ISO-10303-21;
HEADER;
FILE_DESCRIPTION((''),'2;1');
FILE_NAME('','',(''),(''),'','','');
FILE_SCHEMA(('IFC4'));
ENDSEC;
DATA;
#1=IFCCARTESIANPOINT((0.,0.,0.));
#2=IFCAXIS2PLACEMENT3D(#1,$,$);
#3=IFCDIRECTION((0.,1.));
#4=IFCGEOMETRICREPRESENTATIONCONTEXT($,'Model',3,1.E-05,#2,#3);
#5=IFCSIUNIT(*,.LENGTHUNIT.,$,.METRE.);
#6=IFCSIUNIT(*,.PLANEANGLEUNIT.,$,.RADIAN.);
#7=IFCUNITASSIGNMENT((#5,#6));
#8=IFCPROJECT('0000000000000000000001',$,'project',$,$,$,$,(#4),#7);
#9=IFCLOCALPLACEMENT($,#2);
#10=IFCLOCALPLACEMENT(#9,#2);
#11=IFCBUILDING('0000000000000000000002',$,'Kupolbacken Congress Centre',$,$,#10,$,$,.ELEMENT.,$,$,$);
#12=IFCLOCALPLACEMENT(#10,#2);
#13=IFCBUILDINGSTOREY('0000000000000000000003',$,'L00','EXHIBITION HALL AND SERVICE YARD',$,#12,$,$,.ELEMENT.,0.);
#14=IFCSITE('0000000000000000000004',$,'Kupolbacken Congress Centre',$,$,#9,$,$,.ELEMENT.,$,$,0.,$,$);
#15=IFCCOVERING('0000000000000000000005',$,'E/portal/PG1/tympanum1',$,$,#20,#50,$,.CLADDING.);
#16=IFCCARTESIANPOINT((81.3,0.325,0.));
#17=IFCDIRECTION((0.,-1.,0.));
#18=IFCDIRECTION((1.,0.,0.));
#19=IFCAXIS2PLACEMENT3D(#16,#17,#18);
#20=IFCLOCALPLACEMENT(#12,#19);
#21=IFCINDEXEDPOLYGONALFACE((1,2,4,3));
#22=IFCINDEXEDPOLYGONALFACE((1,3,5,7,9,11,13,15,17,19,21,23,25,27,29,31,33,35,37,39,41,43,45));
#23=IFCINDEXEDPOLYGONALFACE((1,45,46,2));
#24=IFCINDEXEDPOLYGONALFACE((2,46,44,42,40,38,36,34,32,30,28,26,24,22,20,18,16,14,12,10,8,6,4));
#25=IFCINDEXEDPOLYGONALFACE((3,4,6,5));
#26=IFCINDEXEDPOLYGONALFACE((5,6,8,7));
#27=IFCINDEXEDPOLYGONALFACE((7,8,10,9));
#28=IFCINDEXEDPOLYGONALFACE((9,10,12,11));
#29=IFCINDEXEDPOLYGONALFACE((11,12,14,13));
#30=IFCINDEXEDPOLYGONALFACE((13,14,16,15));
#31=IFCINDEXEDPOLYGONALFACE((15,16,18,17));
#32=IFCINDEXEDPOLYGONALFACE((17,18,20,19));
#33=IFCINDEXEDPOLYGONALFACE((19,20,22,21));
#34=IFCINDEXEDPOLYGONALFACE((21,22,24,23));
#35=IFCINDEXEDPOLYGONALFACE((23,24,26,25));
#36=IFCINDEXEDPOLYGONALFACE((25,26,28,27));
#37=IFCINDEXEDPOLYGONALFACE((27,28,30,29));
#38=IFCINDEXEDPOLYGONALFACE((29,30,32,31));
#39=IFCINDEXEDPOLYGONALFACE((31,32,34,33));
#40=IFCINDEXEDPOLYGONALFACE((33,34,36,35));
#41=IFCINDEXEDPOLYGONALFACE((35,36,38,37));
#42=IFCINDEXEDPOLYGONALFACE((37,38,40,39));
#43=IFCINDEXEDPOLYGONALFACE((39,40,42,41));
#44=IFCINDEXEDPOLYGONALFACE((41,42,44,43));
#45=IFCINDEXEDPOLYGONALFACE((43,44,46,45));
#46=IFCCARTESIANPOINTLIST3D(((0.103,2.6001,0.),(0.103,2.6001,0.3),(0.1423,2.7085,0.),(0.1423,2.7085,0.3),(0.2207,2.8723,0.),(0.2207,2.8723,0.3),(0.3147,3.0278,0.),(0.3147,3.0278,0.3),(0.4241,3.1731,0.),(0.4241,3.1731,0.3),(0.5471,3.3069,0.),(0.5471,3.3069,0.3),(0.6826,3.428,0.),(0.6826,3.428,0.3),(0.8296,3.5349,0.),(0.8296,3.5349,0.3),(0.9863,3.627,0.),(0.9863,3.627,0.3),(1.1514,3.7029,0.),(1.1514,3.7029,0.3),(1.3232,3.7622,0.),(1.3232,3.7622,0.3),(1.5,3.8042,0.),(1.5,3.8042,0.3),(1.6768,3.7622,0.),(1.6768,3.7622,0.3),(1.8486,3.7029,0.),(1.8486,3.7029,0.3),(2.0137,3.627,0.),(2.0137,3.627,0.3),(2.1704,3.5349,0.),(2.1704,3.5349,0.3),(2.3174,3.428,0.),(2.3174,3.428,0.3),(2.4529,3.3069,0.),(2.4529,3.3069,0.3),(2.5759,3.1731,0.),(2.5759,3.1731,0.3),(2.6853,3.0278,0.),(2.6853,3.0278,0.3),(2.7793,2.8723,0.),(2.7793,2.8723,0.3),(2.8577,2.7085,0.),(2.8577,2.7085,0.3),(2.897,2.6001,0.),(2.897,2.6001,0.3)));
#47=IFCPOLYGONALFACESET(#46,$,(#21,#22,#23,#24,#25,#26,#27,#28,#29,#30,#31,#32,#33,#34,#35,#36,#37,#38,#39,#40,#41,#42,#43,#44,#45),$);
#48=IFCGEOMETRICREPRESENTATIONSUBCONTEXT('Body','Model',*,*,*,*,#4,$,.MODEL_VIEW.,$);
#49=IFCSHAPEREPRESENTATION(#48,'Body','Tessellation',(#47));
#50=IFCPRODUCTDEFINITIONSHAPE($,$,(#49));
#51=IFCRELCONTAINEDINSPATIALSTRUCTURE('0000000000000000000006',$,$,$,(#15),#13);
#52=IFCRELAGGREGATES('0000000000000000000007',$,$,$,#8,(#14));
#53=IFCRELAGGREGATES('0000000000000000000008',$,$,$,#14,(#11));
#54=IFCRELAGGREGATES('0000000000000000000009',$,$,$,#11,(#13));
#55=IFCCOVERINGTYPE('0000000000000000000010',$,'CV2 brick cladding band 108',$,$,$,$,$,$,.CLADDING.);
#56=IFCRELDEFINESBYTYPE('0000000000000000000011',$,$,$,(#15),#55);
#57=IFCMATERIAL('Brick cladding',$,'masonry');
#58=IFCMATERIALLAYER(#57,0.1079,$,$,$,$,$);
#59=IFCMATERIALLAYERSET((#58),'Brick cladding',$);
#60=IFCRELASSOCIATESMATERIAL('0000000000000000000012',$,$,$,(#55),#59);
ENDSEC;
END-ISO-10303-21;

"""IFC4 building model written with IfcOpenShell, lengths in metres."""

from ifc_helpers import new_model, si_unit, direction, frame, origin, place, context, subcontext, project, spatial, polyline, outline, extrude, material, layer, layer_set, type_object, element, save


model = new_model("IFC4")

# Units and contexts
model_context = context("Model", 3, precision=1e-05, world=origin(), true_north=direction((0.0, 1.0)))
body_context = subcontext(model_context, "Body", "Model", "MODEL_VIEW")
ifc_project = project(units=[si_unit("LENGTHUNIT", "METRE"), si_unit("PLANEANGLEUNIT", "RADIAN")], contexts=[model_context])

# Site, building, storey
site_placement = place(None, origin())
site = spatial("IfcSite", under=ifc_project, at=site_placement, Name="Kupolbacken Congress Centre", CompositionType="ELEMENT", RefElevation=0.0)
building_placement = place(site_placement, origin())
building = spatial("IfcBuilding", under=site, at=building_placement, Name="Kupolbacken Congress Centre", CompositionType="ELEMENT")
storey_placement = place(building_placement, origin())
storey = spatial("IfcBuildingStorey", under=building, at=storey_placement, Name="L00", Description="EXHIBITION HALL AND SERVICE YARD", CompositionType="ELEMENT", Elevation=0.0)

# Covering
ifc_material_1 = material(Name="Brick cladding", Category="masonry")
ifc_layer_1 = layer(ifc_material_1, 0.1079)
ifc_layer_set_1 = layer_set([ifc_layer_1], Name="Brick cladding")
covering_type_1 = type_object("IfcCoveringType", Name="CV2 brick cladding band 108", PredefinedType="CLADDING", material=ifc_layer_set_1)
covering_1_placement = place(storey_placement, frame((81.3, 0.325, 0.0), z_axis=(0.0, -1.0, 0.0), x_axis=(1.0, 0.0, 0.0)))
element("IfcCovering", 1, at=covering_1_placement, inside=storey, type_object=covering_type_1, Name="E/portal/PG1/tympanum1", PredefinedType="CLADDING", context=body_context, shape_type="SweptSolid", body=[
    extrude(outline(polyline([(0.1423, 2.7085), (0.2207, 2.8723), (0.3147, 3.0278), (0.4241, 3.1731), (0.5471, 3.3069), (0.6826, 3.428), (0.8296, 3.5349), (0.9863, 3.627), (1.1514, 3.7029), (1.3232, 3.7622), (1.5, 3.8042), (1.6768, 3.7622), (1.8486, 3.7029), (2.0137, 3.627), (2.1704, 3.5349), (2.3174, 3.428), (2.4529, 3.3069), (2.5759, 3.1731), (2.6853, 3.0278), (2.7793, 2.8723), (2.8577, 2.7085), (2.897, 2.6001), (0.103, 2.6001), (0.1423, 2.7085)])), origin(), (0.0, 0.0, 1.0), 0.3),
])

save(model, "model.ifc")
